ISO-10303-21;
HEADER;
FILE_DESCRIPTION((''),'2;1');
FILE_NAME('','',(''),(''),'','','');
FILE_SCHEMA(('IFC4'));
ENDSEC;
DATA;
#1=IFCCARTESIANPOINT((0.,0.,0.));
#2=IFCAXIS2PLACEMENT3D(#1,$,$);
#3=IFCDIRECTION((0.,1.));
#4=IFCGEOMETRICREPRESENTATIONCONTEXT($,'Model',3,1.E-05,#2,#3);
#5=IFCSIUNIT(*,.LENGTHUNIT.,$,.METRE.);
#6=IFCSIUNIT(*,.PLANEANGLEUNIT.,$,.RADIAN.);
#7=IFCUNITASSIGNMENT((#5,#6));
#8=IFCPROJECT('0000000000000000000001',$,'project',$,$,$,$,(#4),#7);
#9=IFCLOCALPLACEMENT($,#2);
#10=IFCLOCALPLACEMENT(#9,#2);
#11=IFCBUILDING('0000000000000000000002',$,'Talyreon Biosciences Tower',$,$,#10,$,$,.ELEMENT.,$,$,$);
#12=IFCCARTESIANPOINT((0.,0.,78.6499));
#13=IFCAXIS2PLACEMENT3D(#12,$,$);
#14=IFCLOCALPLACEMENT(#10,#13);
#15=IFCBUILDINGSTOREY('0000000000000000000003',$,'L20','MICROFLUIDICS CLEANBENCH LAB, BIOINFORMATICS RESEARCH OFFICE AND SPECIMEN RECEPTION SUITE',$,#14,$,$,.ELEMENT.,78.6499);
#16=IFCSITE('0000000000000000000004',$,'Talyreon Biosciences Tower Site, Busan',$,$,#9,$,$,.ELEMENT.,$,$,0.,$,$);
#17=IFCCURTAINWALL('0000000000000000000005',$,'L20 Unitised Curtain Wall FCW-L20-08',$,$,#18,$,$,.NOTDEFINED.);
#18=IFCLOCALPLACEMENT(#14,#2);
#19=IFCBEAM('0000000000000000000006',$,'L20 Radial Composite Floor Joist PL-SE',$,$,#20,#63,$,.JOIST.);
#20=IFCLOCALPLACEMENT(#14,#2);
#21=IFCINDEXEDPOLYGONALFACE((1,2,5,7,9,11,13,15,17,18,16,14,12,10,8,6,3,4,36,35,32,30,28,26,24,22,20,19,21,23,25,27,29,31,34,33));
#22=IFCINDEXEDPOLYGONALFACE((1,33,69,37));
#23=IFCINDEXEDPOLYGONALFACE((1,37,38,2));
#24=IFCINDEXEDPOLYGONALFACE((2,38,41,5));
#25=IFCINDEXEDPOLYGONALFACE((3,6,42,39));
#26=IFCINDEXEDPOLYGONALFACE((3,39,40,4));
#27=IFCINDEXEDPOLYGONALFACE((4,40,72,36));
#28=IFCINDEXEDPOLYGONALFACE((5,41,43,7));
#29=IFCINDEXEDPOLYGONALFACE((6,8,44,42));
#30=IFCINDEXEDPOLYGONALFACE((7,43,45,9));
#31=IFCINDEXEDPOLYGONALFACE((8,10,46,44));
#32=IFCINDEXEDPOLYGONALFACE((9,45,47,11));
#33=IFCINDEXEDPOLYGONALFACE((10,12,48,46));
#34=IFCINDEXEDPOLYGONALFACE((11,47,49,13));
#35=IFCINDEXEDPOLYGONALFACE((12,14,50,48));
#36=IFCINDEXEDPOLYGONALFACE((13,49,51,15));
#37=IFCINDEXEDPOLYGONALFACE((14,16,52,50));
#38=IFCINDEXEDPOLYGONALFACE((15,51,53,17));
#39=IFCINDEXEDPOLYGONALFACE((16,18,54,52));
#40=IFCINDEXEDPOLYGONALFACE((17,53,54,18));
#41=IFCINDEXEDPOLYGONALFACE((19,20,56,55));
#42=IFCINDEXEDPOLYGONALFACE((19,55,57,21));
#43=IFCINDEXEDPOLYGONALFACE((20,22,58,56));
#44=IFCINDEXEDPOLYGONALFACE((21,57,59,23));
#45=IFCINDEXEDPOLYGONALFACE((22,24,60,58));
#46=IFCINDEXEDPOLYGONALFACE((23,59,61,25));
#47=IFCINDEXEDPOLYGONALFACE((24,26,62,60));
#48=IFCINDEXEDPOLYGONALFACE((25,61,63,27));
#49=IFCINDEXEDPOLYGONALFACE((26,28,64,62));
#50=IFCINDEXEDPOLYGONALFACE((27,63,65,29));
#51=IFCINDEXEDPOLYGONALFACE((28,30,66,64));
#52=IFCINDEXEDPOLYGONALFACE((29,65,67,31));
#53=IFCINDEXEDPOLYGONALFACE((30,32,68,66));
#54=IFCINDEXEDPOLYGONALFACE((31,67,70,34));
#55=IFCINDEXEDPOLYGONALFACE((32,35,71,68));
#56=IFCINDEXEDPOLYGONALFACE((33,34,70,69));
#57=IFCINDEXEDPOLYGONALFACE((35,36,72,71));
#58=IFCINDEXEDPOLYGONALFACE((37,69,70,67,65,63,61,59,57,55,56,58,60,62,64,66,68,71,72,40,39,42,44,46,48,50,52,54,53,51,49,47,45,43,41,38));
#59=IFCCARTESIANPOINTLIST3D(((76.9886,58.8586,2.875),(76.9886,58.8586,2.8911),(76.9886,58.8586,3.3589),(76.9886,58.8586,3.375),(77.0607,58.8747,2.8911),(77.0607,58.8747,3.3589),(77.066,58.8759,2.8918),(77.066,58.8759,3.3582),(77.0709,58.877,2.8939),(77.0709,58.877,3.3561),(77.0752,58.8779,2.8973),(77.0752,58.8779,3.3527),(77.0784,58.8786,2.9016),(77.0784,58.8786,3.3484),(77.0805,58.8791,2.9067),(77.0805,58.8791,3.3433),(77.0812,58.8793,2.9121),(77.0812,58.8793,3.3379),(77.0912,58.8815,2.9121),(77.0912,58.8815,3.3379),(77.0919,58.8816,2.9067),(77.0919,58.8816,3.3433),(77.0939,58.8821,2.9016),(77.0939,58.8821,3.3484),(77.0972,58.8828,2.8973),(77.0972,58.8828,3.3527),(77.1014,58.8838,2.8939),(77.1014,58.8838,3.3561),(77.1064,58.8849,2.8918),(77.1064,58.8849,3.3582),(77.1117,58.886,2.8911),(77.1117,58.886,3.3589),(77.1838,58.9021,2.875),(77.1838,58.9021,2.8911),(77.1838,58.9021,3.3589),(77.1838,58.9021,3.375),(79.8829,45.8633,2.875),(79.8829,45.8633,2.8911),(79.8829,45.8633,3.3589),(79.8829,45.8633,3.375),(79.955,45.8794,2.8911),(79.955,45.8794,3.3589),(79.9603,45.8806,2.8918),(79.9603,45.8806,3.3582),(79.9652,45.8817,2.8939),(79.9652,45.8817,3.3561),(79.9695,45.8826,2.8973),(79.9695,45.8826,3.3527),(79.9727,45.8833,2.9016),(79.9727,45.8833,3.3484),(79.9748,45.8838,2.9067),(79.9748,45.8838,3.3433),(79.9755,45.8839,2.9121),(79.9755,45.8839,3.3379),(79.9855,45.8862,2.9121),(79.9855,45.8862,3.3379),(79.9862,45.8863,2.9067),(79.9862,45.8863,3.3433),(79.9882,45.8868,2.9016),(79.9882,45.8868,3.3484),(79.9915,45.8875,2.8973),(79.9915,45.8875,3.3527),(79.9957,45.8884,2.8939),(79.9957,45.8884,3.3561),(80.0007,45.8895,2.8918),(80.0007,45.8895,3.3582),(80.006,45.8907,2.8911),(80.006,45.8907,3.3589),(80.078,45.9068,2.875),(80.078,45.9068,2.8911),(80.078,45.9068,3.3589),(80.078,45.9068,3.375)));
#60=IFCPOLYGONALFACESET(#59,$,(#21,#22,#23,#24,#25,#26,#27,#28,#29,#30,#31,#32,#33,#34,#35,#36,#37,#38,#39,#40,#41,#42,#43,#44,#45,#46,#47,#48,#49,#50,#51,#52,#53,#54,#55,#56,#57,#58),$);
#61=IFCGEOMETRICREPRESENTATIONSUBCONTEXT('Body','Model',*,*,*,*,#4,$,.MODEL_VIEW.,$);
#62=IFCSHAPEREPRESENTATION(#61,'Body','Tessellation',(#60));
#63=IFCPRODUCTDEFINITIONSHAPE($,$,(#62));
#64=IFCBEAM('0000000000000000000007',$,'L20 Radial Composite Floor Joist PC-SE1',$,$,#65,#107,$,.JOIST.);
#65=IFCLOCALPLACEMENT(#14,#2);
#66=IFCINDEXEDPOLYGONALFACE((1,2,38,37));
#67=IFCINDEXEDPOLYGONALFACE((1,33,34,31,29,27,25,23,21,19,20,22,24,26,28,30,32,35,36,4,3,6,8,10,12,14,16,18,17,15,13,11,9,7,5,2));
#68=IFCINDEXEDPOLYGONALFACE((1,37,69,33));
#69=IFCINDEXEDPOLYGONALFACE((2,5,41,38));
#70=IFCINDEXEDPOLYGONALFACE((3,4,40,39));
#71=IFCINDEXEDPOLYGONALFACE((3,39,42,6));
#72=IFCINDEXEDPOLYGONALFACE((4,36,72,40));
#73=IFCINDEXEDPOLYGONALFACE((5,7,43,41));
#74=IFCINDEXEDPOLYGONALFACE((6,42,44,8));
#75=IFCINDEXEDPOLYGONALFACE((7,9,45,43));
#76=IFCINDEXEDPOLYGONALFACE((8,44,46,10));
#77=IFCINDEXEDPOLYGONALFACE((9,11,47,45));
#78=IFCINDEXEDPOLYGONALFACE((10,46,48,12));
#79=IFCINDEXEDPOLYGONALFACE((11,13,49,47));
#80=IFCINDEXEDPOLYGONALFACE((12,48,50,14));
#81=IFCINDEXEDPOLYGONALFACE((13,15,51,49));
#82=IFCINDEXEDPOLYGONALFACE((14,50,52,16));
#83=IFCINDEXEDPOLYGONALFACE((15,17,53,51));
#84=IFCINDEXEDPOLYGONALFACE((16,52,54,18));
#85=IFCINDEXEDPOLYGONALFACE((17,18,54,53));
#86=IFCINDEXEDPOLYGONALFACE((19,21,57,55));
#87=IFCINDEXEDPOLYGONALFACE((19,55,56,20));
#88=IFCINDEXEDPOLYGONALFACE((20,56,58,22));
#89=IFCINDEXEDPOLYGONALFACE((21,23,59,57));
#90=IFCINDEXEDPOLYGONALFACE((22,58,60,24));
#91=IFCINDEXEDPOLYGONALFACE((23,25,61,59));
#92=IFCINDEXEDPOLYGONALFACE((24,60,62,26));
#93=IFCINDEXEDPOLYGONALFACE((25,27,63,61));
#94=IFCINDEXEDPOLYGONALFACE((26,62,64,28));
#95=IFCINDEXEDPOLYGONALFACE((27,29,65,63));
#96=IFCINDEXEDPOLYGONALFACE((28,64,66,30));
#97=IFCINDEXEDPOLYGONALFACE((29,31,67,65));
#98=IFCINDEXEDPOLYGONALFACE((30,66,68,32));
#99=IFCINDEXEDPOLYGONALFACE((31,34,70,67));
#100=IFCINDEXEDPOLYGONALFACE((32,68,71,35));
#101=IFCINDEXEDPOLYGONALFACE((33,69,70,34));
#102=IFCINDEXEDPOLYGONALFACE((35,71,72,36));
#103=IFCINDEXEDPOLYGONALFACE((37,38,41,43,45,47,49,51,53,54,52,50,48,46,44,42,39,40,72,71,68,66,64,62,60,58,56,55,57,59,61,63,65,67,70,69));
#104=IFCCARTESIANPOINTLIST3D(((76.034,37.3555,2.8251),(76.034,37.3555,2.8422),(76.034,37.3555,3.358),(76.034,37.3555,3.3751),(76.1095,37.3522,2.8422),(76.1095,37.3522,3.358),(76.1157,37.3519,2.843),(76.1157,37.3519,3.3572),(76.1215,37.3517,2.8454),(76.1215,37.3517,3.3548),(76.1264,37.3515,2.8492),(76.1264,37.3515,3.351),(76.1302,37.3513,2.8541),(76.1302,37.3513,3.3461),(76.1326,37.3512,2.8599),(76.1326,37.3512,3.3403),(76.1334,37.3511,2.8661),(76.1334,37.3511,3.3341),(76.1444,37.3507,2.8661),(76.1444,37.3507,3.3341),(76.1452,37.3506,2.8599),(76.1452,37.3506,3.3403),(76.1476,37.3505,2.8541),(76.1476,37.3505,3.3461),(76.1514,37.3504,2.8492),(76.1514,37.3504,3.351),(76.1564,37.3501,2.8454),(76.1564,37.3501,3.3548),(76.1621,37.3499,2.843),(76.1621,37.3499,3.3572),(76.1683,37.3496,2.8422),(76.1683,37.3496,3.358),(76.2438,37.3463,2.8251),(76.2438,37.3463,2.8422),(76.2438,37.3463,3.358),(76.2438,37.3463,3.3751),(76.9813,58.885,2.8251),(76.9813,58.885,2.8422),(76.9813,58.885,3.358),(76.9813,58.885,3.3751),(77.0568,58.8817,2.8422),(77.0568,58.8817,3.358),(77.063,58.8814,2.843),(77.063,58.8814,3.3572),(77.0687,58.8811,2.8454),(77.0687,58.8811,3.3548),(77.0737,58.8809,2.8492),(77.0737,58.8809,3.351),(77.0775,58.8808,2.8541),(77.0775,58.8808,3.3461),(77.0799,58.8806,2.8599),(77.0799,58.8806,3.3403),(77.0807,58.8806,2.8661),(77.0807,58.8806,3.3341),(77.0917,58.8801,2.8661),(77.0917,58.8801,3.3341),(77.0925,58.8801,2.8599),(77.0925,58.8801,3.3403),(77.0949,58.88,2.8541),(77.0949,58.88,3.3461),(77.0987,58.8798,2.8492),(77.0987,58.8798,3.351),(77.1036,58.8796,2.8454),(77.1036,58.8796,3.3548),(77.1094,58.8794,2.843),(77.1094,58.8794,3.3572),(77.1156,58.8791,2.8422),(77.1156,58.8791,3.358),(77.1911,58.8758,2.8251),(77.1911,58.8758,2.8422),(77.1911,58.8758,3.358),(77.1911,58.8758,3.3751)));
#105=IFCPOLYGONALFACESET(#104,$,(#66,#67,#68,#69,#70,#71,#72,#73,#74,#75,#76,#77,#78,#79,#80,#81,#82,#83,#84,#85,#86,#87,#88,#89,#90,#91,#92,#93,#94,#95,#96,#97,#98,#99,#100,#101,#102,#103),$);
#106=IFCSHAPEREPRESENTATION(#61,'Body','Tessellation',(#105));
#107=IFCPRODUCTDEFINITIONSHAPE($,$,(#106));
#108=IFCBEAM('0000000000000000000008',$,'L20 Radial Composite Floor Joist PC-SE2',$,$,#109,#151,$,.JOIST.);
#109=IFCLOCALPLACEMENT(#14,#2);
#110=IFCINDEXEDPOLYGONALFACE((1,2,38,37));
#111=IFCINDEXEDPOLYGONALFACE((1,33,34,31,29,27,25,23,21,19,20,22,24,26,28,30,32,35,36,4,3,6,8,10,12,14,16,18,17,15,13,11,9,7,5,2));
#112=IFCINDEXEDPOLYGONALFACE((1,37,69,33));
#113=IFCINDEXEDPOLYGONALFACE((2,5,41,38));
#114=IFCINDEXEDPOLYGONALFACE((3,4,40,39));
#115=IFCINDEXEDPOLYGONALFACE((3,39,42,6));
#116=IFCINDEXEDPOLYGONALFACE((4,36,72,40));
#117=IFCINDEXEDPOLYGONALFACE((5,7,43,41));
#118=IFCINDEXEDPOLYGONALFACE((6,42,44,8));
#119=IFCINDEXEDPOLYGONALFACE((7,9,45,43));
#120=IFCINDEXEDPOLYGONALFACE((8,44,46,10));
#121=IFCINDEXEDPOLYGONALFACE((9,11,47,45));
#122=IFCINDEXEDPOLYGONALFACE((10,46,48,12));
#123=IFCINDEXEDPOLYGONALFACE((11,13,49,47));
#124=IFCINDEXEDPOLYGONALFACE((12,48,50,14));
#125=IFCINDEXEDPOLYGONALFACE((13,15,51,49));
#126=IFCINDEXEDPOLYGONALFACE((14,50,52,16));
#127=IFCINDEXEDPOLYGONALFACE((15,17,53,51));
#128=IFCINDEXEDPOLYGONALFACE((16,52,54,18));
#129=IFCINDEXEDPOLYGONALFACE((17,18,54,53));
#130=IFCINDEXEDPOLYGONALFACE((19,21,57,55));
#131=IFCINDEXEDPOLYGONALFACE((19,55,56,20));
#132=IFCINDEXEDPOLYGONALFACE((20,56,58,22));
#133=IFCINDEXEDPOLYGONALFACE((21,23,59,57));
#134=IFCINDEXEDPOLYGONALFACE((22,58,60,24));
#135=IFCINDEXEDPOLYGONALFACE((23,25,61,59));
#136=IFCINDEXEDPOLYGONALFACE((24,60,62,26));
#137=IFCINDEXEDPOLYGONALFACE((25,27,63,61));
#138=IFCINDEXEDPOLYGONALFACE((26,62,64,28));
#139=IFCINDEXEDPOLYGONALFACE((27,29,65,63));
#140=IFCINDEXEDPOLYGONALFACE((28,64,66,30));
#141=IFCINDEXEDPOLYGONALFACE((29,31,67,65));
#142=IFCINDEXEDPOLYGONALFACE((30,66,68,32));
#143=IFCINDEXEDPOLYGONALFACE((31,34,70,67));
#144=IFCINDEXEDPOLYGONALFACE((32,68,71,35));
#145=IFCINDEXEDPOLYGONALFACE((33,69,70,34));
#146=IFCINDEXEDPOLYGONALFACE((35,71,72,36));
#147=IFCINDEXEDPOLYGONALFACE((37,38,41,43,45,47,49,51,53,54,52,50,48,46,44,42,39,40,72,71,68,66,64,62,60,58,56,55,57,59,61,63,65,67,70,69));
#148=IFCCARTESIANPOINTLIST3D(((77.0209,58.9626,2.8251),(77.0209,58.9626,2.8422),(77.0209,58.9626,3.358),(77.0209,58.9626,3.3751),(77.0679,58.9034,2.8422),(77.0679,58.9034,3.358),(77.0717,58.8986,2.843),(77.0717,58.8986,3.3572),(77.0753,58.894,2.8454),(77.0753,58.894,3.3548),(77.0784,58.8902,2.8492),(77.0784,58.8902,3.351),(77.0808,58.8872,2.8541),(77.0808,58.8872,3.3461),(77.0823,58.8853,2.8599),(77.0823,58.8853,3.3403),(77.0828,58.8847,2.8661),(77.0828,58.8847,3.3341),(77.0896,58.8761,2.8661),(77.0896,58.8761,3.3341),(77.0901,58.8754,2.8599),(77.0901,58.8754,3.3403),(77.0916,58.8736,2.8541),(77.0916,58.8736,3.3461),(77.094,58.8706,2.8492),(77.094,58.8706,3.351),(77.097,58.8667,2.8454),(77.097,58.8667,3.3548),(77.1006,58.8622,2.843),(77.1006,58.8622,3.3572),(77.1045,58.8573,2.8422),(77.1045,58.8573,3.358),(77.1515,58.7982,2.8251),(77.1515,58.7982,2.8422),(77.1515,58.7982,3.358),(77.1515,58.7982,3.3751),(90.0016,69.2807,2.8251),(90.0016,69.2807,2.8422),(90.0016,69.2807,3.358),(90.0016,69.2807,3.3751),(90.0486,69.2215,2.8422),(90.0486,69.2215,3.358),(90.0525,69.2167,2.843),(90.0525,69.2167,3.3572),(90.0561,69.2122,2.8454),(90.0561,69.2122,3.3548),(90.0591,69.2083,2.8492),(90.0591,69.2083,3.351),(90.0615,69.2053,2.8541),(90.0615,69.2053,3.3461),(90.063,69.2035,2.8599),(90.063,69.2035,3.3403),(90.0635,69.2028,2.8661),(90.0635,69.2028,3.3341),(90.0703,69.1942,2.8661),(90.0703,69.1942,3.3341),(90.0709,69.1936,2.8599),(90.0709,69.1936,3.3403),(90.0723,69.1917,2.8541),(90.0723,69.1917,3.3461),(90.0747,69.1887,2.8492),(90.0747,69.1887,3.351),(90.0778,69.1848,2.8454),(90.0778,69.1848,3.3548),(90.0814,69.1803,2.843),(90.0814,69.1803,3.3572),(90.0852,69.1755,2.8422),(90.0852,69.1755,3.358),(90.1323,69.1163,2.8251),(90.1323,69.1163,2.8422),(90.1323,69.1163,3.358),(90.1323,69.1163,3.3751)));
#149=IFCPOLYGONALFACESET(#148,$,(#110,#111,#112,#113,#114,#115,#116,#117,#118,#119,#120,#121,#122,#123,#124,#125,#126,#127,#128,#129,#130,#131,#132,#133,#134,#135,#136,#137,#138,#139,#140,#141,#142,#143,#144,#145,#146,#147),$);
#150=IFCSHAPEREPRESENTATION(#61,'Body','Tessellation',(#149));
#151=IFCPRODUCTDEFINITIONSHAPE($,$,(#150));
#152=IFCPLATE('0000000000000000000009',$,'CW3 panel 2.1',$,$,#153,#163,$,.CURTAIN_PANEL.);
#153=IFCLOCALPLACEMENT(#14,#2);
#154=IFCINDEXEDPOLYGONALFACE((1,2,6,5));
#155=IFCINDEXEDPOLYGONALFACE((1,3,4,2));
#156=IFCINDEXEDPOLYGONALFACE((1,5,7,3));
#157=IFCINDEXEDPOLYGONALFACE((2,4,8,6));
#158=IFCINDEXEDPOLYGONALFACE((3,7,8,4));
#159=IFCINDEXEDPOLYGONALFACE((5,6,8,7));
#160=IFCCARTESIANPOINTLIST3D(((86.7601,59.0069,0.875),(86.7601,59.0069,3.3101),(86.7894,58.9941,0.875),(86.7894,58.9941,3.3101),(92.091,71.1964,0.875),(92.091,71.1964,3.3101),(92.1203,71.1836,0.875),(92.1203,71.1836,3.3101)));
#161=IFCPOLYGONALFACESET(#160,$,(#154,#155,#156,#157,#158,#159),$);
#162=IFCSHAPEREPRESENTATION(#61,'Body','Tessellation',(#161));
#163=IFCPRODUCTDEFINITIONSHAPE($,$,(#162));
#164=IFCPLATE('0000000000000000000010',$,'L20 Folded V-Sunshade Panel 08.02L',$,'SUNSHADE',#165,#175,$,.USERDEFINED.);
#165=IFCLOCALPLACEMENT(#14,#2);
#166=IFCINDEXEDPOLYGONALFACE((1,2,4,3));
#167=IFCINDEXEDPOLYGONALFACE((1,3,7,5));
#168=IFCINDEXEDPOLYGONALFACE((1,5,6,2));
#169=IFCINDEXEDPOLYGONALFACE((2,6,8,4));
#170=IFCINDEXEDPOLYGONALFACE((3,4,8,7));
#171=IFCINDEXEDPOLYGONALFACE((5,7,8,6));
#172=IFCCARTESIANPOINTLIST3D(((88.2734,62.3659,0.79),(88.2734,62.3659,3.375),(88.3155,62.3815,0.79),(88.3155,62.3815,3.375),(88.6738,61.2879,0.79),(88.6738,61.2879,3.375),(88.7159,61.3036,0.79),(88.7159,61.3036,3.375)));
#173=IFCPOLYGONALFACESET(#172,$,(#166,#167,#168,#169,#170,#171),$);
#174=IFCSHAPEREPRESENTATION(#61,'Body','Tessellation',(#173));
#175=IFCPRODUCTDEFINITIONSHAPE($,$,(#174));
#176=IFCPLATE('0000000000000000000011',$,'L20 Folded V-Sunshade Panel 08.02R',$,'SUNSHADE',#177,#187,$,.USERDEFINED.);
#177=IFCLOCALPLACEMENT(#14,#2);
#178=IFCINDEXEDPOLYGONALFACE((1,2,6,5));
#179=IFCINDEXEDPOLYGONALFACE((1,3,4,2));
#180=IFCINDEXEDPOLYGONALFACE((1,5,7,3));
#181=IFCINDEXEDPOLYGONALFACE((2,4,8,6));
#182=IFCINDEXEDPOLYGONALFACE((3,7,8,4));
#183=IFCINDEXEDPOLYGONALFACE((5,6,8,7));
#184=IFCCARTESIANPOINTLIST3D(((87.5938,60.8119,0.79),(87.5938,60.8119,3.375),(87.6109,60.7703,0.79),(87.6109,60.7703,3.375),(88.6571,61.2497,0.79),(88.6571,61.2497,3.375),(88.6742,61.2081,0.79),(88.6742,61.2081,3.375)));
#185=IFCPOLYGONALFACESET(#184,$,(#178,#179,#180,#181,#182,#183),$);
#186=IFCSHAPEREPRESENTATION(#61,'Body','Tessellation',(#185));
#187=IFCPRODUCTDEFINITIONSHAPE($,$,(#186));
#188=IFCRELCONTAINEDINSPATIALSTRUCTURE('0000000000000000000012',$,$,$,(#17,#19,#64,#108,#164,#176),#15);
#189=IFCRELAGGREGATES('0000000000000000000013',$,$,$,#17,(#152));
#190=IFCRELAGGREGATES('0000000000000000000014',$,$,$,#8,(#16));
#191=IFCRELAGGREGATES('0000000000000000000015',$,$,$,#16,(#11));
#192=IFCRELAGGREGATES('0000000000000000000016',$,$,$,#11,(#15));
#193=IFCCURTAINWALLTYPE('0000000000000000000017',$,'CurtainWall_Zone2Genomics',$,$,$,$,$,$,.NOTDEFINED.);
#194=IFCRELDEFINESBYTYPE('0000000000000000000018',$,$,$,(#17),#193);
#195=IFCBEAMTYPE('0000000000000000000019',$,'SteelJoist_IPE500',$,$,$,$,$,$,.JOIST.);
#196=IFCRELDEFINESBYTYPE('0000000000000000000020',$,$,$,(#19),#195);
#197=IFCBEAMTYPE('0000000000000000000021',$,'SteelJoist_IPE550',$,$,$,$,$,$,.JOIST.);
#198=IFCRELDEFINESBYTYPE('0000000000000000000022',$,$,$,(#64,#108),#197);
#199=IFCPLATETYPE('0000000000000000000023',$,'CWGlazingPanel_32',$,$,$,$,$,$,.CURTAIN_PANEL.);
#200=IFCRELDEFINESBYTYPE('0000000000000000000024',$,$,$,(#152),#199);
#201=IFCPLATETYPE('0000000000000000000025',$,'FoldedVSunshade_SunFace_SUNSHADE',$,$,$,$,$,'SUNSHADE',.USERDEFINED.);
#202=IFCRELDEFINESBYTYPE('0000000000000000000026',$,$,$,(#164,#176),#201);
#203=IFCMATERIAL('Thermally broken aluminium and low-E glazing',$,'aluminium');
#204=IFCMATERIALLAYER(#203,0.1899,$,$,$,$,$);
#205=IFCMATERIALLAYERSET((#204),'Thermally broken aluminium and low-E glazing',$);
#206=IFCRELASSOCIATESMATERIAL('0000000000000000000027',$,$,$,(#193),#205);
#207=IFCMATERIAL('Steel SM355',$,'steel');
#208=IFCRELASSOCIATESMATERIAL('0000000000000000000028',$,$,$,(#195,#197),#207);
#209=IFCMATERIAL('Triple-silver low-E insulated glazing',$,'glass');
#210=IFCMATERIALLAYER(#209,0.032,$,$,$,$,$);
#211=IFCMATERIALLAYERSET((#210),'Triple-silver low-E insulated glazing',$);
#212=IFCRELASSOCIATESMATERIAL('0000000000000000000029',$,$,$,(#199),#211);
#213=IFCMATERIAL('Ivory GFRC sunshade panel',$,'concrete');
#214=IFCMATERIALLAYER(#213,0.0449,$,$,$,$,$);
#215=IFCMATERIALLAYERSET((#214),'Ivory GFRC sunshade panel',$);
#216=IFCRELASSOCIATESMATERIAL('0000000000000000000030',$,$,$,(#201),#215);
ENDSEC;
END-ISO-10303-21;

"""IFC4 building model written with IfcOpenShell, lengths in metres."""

from ifc_helpers import new_model, si_unit, direction, frame, origin, origin_2d, place, context, subcontext, project, spatial, rectangle, i_section, extrude, material, layer, layer_set, material_profile, profile_set, type_object, element, aggregate, save


model = new_model("IFC4")

# Units and contexts
model_context = context("Model", 3, precision=1e-05, world=origin(), true_north=direction((0.0, 1.0)))
body_context = subcontext(model_context, "Body", "Model", "MODEL_VIEW")
ifc_project = project(units=[si_unit("LENGTHUNIT", "METRE"), si_unit("PLANEANGLEUNIT", "RADIAN")], contexts=[model_context])

# Site, building, storey
site_placement = place(None, origin())
site = spatial("IfcSite", under=ifc_project, at=site_placement, Name="Talyreon Biosciences Tower Site, Busan", CompositionType="ELEMENT", RefElevation=0.0)
building_placement = place(site_placement, origin())
building = spatial("IfcBuilding", under=site, at=building_placement, Name="Talyreon Biosciences Tower", CompositionType="ELEMENT")
storey_placement = place(building_placement, frame((0.0, 0.0, 78.6499)))
storey = spatial("IfcBuildingStorey", under=building, at=storey_placement, Name="L20", Description="MICROFLUIDICS CLEANBENCH LAB, BIOINFORMATICS RESEARCH OFFICE AND SPECIMEN RECEPTION SUITE", CompositionType="ELEMENT", Elevation=78.6499)

# Curtain wall
ifc_material_1 = material(Name="Thermally broken aluminium and low-E glazing", Category="aluminium")
ifc_layer_1 = layer(ifc_material_1, 0.1899)
ifc_layer_set_1 = layer_set([ifc_layer_1], Name="Thermally broken aluminium and low-E glazing")
curtain_wall_type = type_object("IfcCurtainWallType", Name="CurtainWall_Zone2Genomics", PredefinedType="NOTDEFINED", material=ifc_layer_set_1)
curtain_wall_placement = place(storey_placement, origin())
curtain_wall = element("IfcCurtainWall", 1, at=curtain_wall_placement, inside=storey, type_object=curtain_wall_type, Name="L20 Unitised Curtain Wall FCW-L20-08", PredefinedType="NOTDEFINED")

# Beams
ifc_material_2 = material(Name="Steel SM355", Category="steel")
ifc_material_profile_1 = material_profile(ifc_material_2, i_section(OverallWidth=0.2, OverallDepth=0.5, WebThickness=0.0103, FlangeThickness=0.0161, FilletRadius=0.021, at=origin_2d()), Name="IPE500")
ifc_profile_set_1 = profile_set([ifc_material_profile_1], Name="Steel SM355")
beam_type_1 = type_object("IfcBeamType", Name="SteelJoist_IPE500", PredefinedType="JOIST", material=ifc_profile_set_1)
beam_1_placement = place(storey_placement, frame((77.0862, 58.8804, 3.125), z_axis=(0.217391, -0.976085, 0.0), x_axis=(0.976085, 0.217391, 0.0)))
element("IfcBeam", 2, at=beam_1_placement, inside=storey, type_object=beam_type_1, Name="L20 Radial Composite Floor Joist PL-SE", PredefinedType="JOIST", context=body_context, shape_type="SweptSolid", body=[
    extrude(i_section(OverallWidth=0.2, OverallDepth=0.5, WebThickness=0.0103, FlangeThickness=0.0161, FilletRadius=0.021, at=origin_2d()), origin(), (0.0, 0.0, 1.0), 13.3137),
])
ifc_material_profile_2 = material_profile(ifc_material_2, i_section(OverallWidth=0.21, OverallDepth=0.55, WebThickness=0.011, FlangeThickness=0.0171, FilletRadius=0.0239, at=origin_2d()), Name="IPE550")
ifc_profile_set_2 = profile_set([ifc_material_profile_2], Name="Steel SM355")
beam_type_2 = type_object("IfcBeamType", Name="SteelJoist_IPE550", PredefinedType="JOIST", material=ifc_profile_set_2)
beam_2_placement = place(storey_placement, frame((77.0862, 58.8804, 3.1001), z_axis=(-0.043956, -0.999033, 0.0), x_axis=(0.999033, -0.043956, 0.0)))
element("IfcBeam", 3, at=beam_2_placement, inside=storey, type_object=beam_type_2, Name="L20 Radial Composite Floor Joist PC-SE1", PredefinedType="JOIST", context=body_context, shape_type="SweptSolid", body=[
    extrude(i_section(OverallWidth=0.21, OverallDepth=0.55, WebThickness=0.011, FlangeThickness=0.0171, FilletRadius=0.0239, at=origin_2d()), origin(), (0.0, 0.0, 1.0), 21.5503),
])
beam_3_placement = place(storey_placement, frame((77.0862, 58.8804, 3.1001), z_axis=(0.78282, 0.622248, 0.0), x_axis=(-0.622248, 0.78282, 0.0)))
element("IfcBeam", 4, at=beam_3_placement, inside=storey, type_object=beam_type_2, Name="L20 Radial Composite Floor Joist PC-SE2", PredefinedType="JOIST", context=body_context, shape_type="SweptSolid", body=[
    extrude(i_section(OverallWidth=0.21, OverallDepth=0.55, WebThickness=0.011, FlangeThickness=0.0171, FilletRadius=0.0239, at=origin_2d()), origin(), (0.0, 0.0, 1.0), 16.582),
])

# Plate
ifc_material_3 = material(Name="Triple-silver low-E insulated glazing", Category="glass")
ifc_layer_2 = layer(ifc_material_3, 0.032)
ifc_layer_set_2 = layer_set([ifc_layer_2], Name="Triple-silver low-E insulated glazing")
plate_type_1 = type_object("IfcPlateType", Name="CWGlazingPanel_32", PredefinedType="CURTAIN_PANEL", material=ifc_layer_set_2)
plate_placement = place(storey_placement, frame((89.4402, 65.0952, 0.875), z_axis=(0.0, 0.0, 1.0), x_axis=(-0.400689, -0.916214, 0.0)))
plate = element("IfcPlate", 5, at=plate_placement, type_object=plate_type_1, Name="CW3 panel 2.1", PredefinedType="CURTAIN_PANEL", context=body_context, shape_type="SweptSolid", body=[
    extrude(rectangle(XDim=13.3042, YDim=0.032, at=origin_2d()), origin(), (0.0, 0.0, 1.0), 2.4351),
])
aggregate(curtain_wall, [plate])

# Plates
ifc_material_4 = material(Name="Ivory GFRC sunshade panel", Category="concrete")
ifc_layer_3 = layer(ifc_material_4, 0.0449)
ifc_layer_set_3 = layer_set([ifc_layer_3], Name="Ivory GFRC sunshade panel")
plate_type_2 = type_object("IfcPlateType", Name="FoldedVSunshade_SunFace_SUNSHADE", ElementType="SUNSHADE", PredefinedType="USERDEFINED", material=ifc_layer_set_3)
for number, where, z_axis, x_axis, name in (
    (6, (88.4946, 61.8347, 0.79), (0.0, 0.0, 1.0), (0.348228, -0.93741, 0.0), "L20 Folded V-Sunshade Panel 08.02L"),
    (7, (88.134, 61.01, 0.79), (0.0, 0.0, 1.0), (-0.924686, -0.380731, 0.0), "L20 Folded V-Sunshade Panel 08.02R"),
):
    element("IfcPlate", number, at=place(storey_placement, frame(where, z_axis=z_axis, x_axis=x_axis)), inside=storey, type_object=plate_type_2, Name=name, ObjectType="SUNSHADE", PredefinedType="USERDEFINED", context=body_context, shape_type="SweptSolid", body=[
        extrude(rectangle(XDim=1.1499, YDim=0.0449, at=origin_2d()), origin(), (0.0, 0.0, 1.0), 2.585),
    ])

save(model, "model.ifc")
